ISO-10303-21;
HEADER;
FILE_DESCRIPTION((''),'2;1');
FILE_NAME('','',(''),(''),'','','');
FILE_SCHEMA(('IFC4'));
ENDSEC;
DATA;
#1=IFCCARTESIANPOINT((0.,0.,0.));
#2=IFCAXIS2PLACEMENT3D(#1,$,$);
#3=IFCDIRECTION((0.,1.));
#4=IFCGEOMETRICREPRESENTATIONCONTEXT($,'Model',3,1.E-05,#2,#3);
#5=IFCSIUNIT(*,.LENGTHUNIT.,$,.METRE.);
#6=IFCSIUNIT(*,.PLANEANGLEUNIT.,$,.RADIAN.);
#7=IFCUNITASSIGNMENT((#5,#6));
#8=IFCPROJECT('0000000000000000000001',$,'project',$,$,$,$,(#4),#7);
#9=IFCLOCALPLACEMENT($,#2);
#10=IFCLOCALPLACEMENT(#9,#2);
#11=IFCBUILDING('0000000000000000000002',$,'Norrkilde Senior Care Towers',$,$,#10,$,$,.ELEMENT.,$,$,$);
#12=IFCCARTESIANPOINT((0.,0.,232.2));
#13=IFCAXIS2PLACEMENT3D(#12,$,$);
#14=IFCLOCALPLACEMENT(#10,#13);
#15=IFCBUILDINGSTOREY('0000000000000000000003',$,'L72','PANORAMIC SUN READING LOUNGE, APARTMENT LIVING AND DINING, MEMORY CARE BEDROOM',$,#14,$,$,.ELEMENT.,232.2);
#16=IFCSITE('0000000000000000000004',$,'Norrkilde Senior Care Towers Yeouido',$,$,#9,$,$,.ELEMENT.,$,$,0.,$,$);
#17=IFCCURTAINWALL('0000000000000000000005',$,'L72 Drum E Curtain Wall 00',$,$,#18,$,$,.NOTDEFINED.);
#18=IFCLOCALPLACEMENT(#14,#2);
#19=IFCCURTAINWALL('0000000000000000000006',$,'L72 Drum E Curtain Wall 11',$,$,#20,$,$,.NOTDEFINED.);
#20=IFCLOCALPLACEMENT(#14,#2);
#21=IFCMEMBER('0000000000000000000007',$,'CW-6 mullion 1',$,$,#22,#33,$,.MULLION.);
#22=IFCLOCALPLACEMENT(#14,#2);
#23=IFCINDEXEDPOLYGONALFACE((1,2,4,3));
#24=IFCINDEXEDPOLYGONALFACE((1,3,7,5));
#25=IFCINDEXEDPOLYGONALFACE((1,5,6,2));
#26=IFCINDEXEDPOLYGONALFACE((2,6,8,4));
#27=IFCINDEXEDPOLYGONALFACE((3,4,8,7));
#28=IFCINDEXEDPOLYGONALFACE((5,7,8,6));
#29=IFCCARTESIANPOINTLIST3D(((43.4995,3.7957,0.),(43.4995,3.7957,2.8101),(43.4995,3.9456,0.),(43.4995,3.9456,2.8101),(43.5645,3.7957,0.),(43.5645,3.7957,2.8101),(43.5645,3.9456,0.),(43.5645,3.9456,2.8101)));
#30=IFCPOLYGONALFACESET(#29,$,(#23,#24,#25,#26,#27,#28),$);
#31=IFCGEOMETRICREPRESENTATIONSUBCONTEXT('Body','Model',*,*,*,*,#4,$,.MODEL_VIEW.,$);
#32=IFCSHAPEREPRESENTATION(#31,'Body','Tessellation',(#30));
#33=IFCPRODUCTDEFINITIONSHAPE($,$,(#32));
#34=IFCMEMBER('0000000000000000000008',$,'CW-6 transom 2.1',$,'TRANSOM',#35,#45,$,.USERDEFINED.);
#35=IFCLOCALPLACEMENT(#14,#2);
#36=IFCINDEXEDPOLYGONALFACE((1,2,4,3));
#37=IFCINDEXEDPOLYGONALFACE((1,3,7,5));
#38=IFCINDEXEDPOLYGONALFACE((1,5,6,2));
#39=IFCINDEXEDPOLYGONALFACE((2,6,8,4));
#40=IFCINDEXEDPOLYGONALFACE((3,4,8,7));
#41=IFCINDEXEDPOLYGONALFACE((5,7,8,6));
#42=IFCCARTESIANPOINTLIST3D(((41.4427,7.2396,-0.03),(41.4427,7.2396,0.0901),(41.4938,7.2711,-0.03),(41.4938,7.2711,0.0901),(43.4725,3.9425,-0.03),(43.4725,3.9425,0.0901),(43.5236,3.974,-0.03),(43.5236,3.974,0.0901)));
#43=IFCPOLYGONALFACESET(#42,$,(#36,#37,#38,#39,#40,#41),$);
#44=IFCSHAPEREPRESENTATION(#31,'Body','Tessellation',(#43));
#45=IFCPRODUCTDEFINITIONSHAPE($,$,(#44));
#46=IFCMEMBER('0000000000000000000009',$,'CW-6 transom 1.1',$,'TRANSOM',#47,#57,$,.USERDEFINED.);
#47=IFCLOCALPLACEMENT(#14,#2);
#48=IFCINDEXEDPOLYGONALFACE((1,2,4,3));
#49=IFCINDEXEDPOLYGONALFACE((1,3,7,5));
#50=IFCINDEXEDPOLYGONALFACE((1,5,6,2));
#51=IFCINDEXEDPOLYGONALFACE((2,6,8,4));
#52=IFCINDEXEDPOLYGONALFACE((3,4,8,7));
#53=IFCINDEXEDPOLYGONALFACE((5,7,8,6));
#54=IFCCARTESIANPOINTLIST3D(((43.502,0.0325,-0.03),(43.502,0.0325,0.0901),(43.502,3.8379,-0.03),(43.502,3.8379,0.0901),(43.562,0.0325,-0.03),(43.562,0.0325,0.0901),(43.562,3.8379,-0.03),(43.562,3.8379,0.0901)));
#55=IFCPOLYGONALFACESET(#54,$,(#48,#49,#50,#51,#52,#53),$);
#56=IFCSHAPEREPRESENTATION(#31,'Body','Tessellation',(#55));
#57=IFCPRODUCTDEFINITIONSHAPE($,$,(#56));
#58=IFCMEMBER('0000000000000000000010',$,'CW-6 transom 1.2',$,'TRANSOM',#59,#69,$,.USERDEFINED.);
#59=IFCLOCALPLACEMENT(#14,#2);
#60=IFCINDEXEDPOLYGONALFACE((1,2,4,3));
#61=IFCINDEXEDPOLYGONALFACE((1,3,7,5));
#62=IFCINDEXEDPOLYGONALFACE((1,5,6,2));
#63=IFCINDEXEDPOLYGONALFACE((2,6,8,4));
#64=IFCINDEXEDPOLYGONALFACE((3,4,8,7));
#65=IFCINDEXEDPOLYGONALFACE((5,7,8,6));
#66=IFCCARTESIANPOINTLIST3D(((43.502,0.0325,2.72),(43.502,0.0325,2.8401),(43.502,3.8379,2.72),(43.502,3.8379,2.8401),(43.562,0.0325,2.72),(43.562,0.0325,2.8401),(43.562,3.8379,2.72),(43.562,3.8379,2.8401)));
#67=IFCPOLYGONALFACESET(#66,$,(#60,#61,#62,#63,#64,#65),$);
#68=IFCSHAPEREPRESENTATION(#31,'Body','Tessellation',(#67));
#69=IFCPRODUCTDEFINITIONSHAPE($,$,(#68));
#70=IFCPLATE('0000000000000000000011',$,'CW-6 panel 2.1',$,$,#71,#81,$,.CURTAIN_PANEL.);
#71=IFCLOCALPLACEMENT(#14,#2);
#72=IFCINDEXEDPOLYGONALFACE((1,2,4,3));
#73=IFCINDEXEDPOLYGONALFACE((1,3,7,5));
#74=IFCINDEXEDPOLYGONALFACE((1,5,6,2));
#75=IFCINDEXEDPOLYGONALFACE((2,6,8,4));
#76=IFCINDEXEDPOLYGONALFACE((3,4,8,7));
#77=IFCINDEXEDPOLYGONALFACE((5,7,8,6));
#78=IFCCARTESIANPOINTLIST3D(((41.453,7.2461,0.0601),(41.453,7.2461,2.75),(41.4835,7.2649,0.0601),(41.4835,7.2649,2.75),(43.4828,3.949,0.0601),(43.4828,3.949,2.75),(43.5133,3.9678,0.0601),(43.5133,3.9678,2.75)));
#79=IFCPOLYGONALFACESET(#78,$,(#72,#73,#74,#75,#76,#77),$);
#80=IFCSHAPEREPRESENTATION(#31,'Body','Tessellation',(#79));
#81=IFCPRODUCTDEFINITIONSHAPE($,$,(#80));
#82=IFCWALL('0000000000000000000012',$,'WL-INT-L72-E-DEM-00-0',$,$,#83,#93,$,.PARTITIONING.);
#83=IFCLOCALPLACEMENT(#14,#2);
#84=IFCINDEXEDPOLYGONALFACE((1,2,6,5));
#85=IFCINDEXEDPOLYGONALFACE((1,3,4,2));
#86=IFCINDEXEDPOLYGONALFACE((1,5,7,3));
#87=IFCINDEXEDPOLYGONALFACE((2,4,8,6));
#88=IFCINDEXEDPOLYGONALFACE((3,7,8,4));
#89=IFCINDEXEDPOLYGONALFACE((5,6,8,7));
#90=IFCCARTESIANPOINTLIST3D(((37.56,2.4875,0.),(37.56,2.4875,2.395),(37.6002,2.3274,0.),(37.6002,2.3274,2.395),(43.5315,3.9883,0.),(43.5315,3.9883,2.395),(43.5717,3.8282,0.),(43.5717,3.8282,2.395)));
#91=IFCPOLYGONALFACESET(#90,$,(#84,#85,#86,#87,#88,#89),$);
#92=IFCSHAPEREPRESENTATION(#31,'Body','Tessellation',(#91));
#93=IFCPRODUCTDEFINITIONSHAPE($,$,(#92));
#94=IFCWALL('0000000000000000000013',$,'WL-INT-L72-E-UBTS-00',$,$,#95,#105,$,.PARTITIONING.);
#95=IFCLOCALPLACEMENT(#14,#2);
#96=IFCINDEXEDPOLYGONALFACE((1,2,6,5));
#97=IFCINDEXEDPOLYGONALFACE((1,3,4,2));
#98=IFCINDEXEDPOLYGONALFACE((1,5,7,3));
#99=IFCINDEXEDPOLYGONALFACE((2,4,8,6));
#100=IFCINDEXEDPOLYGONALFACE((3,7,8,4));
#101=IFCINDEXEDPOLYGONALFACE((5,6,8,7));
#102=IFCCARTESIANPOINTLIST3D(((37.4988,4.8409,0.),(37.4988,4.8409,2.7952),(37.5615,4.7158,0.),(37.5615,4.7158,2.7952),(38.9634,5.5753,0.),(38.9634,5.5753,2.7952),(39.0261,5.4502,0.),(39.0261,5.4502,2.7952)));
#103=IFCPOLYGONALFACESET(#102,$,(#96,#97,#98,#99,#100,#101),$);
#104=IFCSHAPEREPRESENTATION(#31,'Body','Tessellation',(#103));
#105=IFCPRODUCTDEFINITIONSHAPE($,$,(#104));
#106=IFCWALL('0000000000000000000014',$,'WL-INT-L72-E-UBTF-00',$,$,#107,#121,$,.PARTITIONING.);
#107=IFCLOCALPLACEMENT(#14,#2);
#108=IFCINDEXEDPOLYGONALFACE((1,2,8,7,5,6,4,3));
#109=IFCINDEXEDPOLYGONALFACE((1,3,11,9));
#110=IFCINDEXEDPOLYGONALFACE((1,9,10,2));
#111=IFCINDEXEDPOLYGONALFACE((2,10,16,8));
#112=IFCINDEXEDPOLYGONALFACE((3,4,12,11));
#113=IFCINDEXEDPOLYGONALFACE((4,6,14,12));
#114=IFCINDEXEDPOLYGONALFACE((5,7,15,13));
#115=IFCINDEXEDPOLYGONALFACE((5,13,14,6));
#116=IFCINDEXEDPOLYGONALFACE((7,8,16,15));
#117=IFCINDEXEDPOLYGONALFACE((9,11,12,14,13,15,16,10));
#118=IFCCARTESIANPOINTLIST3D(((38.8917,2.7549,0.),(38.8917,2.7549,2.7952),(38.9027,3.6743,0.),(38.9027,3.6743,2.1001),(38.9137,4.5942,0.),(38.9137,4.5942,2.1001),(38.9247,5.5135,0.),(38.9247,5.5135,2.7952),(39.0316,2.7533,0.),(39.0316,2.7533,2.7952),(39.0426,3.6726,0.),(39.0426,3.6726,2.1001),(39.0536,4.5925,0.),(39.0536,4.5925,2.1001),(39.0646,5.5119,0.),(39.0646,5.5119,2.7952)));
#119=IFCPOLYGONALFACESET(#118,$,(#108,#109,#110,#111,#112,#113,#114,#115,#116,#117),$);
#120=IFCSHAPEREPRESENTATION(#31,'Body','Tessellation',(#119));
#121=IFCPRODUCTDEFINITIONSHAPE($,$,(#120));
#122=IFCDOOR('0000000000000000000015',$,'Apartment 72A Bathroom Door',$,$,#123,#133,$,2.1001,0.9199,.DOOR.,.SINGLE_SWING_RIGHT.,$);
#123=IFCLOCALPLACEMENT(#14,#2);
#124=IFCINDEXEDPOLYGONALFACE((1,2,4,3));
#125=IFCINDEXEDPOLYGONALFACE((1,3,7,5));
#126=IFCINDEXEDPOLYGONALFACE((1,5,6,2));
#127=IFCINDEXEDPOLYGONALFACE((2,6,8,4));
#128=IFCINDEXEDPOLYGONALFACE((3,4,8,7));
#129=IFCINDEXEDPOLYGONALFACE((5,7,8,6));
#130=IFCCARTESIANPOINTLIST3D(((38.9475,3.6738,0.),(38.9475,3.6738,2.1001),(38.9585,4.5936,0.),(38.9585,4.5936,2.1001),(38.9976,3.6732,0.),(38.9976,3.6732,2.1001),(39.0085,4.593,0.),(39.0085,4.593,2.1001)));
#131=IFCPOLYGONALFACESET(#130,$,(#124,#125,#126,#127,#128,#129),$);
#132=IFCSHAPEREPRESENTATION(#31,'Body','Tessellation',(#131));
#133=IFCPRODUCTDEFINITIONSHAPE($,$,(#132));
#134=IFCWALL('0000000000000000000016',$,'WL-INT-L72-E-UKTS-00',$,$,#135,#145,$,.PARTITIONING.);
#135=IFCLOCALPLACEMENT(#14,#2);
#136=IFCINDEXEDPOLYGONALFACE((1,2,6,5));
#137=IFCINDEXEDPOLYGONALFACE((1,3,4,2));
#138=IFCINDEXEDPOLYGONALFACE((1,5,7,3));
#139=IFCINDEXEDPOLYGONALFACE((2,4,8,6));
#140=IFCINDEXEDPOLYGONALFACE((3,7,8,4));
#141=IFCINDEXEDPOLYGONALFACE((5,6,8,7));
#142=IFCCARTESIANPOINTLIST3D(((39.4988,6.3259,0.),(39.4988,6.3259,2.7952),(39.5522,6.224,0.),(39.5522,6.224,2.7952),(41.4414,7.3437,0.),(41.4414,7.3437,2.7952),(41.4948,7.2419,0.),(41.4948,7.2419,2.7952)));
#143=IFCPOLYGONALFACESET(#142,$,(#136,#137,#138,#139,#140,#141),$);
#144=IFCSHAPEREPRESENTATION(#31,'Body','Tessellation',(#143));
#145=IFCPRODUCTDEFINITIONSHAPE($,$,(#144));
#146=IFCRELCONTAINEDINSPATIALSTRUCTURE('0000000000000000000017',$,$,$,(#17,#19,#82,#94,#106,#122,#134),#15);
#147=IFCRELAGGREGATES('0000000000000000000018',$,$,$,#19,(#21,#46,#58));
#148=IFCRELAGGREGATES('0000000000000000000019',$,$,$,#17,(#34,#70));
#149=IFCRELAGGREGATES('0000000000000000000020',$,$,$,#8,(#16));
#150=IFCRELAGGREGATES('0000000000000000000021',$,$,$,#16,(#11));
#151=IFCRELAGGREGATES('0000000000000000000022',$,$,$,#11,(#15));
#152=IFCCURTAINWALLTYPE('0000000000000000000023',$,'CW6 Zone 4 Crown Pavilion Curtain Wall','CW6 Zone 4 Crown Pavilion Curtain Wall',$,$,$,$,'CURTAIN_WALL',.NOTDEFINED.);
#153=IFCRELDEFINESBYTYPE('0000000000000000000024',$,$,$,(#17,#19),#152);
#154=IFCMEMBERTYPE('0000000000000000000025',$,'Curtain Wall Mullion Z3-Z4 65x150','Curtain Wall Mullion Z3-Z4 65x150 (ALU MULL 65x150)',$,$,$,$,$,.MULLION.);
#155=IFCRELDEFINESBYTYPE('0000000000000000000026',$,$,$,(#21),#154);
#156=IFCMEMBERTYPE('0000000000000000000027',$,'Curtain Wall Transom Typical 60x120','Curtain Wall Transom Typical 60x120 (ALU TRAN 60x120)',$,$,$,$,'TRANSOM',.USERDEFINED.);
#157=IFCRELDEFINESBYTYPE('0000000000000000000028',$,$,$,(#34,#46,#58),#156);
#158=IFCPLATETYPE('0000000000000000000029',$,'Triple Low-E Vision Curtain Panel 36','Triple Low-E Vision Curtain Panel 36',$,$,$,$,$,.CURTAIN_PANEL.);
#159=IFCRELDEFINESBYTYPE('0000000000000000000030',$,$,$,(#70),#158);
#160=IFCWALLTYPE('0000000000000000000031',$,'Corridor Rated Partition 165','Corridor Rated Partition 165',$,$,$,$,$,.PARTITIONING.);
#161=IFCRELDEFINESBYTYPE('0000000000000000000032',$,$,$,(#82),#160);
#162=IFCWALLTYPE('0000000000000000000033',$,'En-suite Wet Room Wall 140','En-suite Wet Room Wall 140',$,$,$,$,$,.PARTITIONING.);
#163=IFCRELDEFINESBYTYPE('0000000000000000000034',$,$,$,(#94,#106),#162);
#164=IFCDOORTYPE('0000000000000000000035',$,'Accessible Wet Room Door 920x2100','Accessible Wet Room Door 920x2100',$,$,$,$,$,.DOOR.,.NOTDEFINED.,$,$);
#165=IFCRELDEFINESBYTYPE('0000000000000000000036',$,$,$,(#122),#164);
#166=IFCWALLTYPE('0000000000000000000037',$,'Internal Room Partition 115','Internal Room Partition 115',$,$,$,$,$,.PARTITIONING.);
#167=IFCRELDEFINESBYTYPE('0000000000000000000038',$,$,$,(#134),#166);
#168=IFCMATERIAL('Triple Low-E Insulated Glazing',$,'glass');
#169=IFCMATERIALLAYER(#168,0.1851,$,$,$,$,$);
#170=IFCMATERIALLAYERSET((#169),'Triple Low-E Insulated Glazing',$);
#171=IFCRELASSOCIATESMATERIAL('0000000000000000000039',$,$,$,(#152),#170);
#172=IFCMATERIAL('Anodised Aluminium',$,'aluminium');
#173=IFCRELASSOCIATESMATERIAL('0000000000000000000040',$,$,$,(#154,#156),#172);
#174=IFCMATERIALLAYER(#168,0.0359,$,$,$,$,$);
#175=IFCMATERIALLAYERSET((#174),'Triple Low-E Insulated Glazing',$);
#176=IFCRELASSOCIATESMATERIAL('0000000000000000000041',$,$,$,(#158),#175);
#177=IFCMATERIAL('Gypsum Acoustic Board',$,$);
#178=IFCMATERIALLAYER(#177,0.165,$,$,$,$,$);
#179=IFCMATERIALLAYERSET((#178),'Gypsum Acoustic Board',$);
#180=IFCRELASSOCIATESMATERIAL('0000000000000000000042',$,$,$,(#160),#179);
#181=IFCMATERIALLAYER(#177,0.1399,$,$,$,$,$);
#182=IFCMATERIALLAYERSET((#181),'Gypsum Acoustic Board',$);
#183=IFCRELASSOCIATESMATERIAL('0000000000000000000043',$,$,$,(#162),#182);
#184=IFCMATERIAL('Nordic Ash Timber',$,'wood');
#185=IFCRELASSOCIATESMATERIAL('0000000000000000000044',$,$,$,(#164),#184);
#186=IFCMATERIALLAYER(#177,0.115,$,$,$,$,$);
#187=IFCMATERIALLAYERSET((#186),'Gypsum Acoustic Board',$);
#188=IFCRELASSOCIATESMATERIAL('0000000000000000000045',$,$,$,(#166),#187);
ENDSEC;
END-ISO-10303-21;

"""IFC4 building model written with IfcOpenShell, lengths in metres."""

from ifc_helpers import new_model, si_unit, direction, frame, frame_2d, origin, origin_2d, place, context, subcontext, project, spatial, rectangle, extrude, source, transform, mapped, material, layer, layer_set, material_profile, profile_set, type_object, type_shapes, element, fill, aggregate, save


model = new_model("IFC4")

# Units and contexts
model_context = context("Model", 3, precision=1e-05, world=origin(), true_north=direction((0.0, 1.0)))
body_context = subcontext(model_context, "Body", "Model", "MODEL_VIEW")
ifc_project = project(units=[si_unit("LENGTHUNIT", "METRE"), si_unit("PLANEANGLEUNIT", "RADIAN")], contexts=[model_context])

# Site, building, storey
site_placement = place(None, origin())
site = spatial("IfcSite", under=ifc_project, at=site_placement, Name="Norrkilde Senior Care Towers Yeouido", CompositionType="ELEMENT", RefElevation=0.0)
building_placement = place(site_placement, origin())
building = spatial("IfcBuilding", under=site, at=building_placement, Name="Norrkilde Senior Care Towers", CompositionType="ELEMENT")
storey_placement = place(building_placement, frame((0.0, 0.0, 232.2)))
storey = spatial("IfcBuildingStorey", under=building, at=storey_placement, Name="L72", Description="PANORAMIC SUN READING LOUNGE, APARTMENT LIVING AND DINING, MEMORY CARE BEDROOM", CompositionType="ELEMENT", Elevation=232.2)

# Curtain walls, member
ifc_material_1 = material(Name="Triple Low-E Insulated Glazing", Category="glass")
ifc_layer_1 = layer(ifc_material_1, 0.1851)
ifc_layer_set_1 = layer_set([ifc_layer_1], Name="Triple Low-E Insulated Glazing")
curtain_wall_type = type_object("IfcCurtainWallType", Name="CW6 Zone 4 Crown Pavilion Curtain Wall", Description="CW6 Zone 4 Crown Pavilion Curtain Wall", ElementType="CURTAIN_WALL", PredefinedType="NOTDEFINED", material=ifc_layer_set_1)
curtain_wall_1_placement = place(storey_placement, origin())
curtain_wall_1 = element("IfcCurtainWall", 1, at=curtain_wall_1_placement, inside=storey, type_object=curtain_wall_type, Name="L72 Drum E Curtain Wall 00", PredefinedType="NOTDEFINED")
ifc_material_2 = material(Name="Anodised Aluminium", Category="aluminium")
ifc_material_profile_1 = material_profile(ifc_material_2, rectangle(XDim=0.0649, YDim=0.1499, at=origin_2d()), Name="ALU MULL 65x150")
ifc_profile_set_1 = profile_set([ifc_material_profile_1], Name="Anodised Aluminium")
member_type_1 = type_object("IfcMemberType", Name="Curtain Wall Mullion Z3-Z4 65x150", Description="Curtain Wall Mullion Z3-Z4 65x150 (ALU MULL 65x150)", PredefinedType="MULLION", material=ifc_profile_set_1)
shared_shape_1 = source(origin(), body_context, "Body", "SweptSolid", [
    extrude(rectangle(XDim=0.0649, YDim=0.1499, at=origin_2d()), origin(), (0.0, 0.0, 1.0), 2.8101),
])
type_shapes(member_type_1, [shared_shape_1])
curtain_wall_2_placement = place(storey_placement, origin())
curtain_wall_2 = element("IfcCurtainWall", 2, at=curtain_wall_2_placement, inside=storey, type_object=curtain_wall_type, Name="L72 Drum E Curtain Wall 11", PredefinedType="NOTDEFINED")
member_1_placement = place(storey_placement, frame((43.532, 3.8706, 0.0), z_axis=(0.0, 0.0, 1.0), x_axis=(1.0, 0.0, 0.0)))
member_1 = element("IfcMember", 3, at=member_1_placement, type_object=member_type_1, Name="CW-6 mullion 1", PredefinedType="MULLION", context=body_context, shape_type="MappedRepresentation", body=[
    mapped(shared_shape_1, transform((0.0, 0.0, 0.0), x_axis=(1.0, 0.0, 0.0), y_axis=(0.0, 1.0, 0.0), z_axis=(0.0, 0.0, 1.0), scale=1.0)),
])

# Members
ifc_material_profile_2 = material_profile(ifc_material_2, rectangle(XDim=0.0601, YDim=0.1201, at=origin_2d()), Name="ALU TRAN 60x120")
ifc_profile_set_2 = profile_set([ifc_material_profile_2], Name="Anodised Aluminium")
member_type_2 = type_object("IfcMemberType", Name="Curtain Wall Transom Typical 60x120", Description="Curtain Wall Transom Typical 60x120 (ALU TRAN 60x120)", ElementType="TRANSOM", PredefinedType="USERDEFINED", material=ifc_profile_set_2)
shared_shape_2 = source(origin(), body_context, "Body", "SweptSolid", [
    extrude(rectangle(XDim=0.0601, YDim=0.1201, at=origin_2d()), origin(), (0.0, 0.0, 1.0), 3.8718),
])
member_2_placement = place(storey_placement, frame((41.4683, 7.2554, 0.03), z_axis=(0.524245, -0.851567, 0.0), x_axis=(0.851567, 0.524245, 0.0)))
member_2 = element("IfcMember", 4, at=member_2_placement, type_object=member_type_2, Name="CW-6 transom 2.1", ObjectType="TRANSOM", PredefinedType="USERDEFINED", context=body_context, shape_type="MappedRepresentation", body=[
    mapped(shared_shape_2, transform((0.0, 0.0, 0.0), x_axis=(1.0, 0.0, 0.0), y_axis=(0.0, 1.0, 0.0), z_axis=(0.0, 0.0, 1.0), scale=1.0)),
])
shared_shape_3 = source(origin(), body_context, "Body", "SweptSolid", [
    extrude(rectangle(XDim=0.0601, YDim=0.1201, at=origin_2d()), origin(), (0.0, 0.0, 1.0), 3.8054),
])
type_shapes(member_type_2, [shared_shape_2, shared_shape_3])
member_3_placement = place(storey_placement, frame((43.532, 3.8379, 0.03), z_axis=(0.0, -1.0, 0.0), x_axis=(1.0, 0.0, 0.0)))
member_3 = element("IfcMember", 5, at=member_3_placement, type_object=member_type_2, Name="CW-6 transom 1.1", ObjectType="TRANSOM", PredefinedType="USERDEFINED", context=body_context, shape_type="MappedRepresentation", body=[
    mapped(shared_shape_3, transform((0.0, 0.0, 0.0), x_axis=(1.0, 0.0, 0.0), y_axis=(0.0, 1.0, 0.0), z_axis=(0.0, 0.0, 1.0), scale=1.0)),
])
member_4_placement = place(storey_placement, frame((43.532, 3.8379, 2.78), z_axis=(0.0, -1.0, 0.0), x_axis=(1.0, 0.0, 0.0)))
member_4 = element("IfcMember", 6, at=member_4_placement, type_object=member_type_2, Name="CW-6 transom 1.2", ObjectType="TRANSOM", PredefinedType="USERDEFINED", context=body_context, shape_type="MappedRepresentation", body=[
    mapped(shared_shape_3, transform((0.0, 0.0, 0.0), x_axis=(1.0, 0.0, 0.0), y_axis=(0.0, 1.0, 0.0), z_axis=(0.0, 0.0, 1.0), scale=1.0)),
])
aggregate(curtain_wall_2, [member_1, member_3, member_4])

# Plate
ifc_layer_2 = layer(ifc_material_1, 0.0359)
ifc_layer_set_2 = layer_set([ifc_layer_2], Name="Triple Low-E Insulated Glazing")
plate_type = type_object("IfcPlateType", Name="Triple Low-E Vision Curtain Panel 36", Description="Triple Low-E Vision Curtain Panel 36", PredefinedType="CURTAIN_PANEL", material=ifc_layer_set_2)
shared_shape_4 = source(origin(), body_context, "Body", "SweptSolid", [
    extrude(rectangle(XDim=3.8718, YDim=0.0359, at=origin_2d()), origin(), (0.0, 0.0, 1.0), 2.6899),
])
type_shapes(plate_type, [shared_shape_4])
plate_placement = place(storey_placement, frame((42.4832, 5.6069, 0.0601), z_axis=(0.0, 0.0, 1.0), x_axis=(0.524253, -0.851563, 0.0)))
plate = element("IfcPlate", 7, at=plate_placement, type_object=plate_type, Name="CW-6 panel 2.1", PredefinedType="CURTAIN_PANEL", context=body_context, shape_type="MappedRepresentation", body=[
    mapped(shared_shape_4, transform((0.0, 0.0, 0.0), x_axis=(1.0, 0.0, 0.0), y_axis=(0.0, 1.0, 0.0), z_axis=(0.0, 0.0, 1.0), scale=1.0)),
])
aggregate(curtain_wall_1, [member_2, plate])

# Walls
ifc_material_3 = material(Name="Gypsum Acoustic Board")
ifc_layer_3 = layer(ifc_material_3, 0.165)
ifc_layer_set_3 = layer_set([ifc_layer_3], Name="Gypsum Acoustic Board")
wall_type_1 = type_object("IfcWallType", Name="Corridor Rated Partition 165", Description="Corridor Rated Partition 165", PredefinedType="PARTITIONING", material=ifc_layer_set_3)
shared_shape_5 = source(origin(), body_context, "Body", "SweptSolid", [
    extrude(rectangle(XDim=6.1572, YDim=0.165, at=frame_2d((3.0786, 0.0))), origin(), (0.0, 0.0, 1.0), 2.395),
])
type_shapes(wall_type_1, [shared_shape_5])
wall_1_placement = place(storey_placement, frame((37.5801, 2.4075, 0.0), z_axis=(0.0, 0.0, 1.0), x_axis=(0.969841, 0.243739, 0.0)))
element("IfcWall", 8, at=wall_1_placement, inside=storey, type_object=wall_type_1, Name="WL-INT-L72-E-DEM-00-0", PredefinedType="PARTITIONING", context=body_context, shape_type="MappedRepresentation", body=[
    mapped(shared_shape_5, transform((0.0, 0.0, 0.0), x_axis=(1.0, 0.0, 0.0), y_axis=(0.0, 1.0, 0.0), z_axis=(0.0, 0.0, 1.0), scale=1.0)),
])
ifc_layer_4 = layer(ifc_material_3, 0.1399)
ifc_layer_set_4 = layer_set([ifc_layer_4], Name="Gypsum Acoustic Board")
wall_type_2 = type_object("IfcWallType", Name="En-suite Wet Room Wall 140", Description="En-suite Wet Room Wall 140", PredefinedType="PARTITIONING", material=ifc_layer_set_4)
shared_shape_6 = source(origin(), body_context, "Body", "SweptSolid", [
    extrude(rectangle(XDim=1.6384, YDim=0.1399, at=frame_2d((0.8193, 0.0))), origin(), (0.0, 0.0, 1.0), 2.7952),
])
wall_2_placement = place(storey_placement, frame((37.53, 4.7783, 0.0), z_axis=(0.0, 0.0, 1.0), x_axis=(0.89392, 0.448227, 0.0)))
element("IfcWall", 9, at=wall_2_placement, inside=storey, type_object=wall_type_2, Name="WL-INT-L72-E-UBTS-00", PredefinedType="PARTITIONING", context=body_context, shape_type="MappedRepresentation", body=[
    mapped(shared_shape_6, transform((0.0, 0.0, 0.0), x_axis=(1.0, 0.0, 0.0), y_axis=(0.0, 1.0, 0.0), z_axis=(0.0, 0.0, 1.0), scale=1.0)),
])

# Wall, opening, door
shared_shape_7 = source(origin(), body_context, "Body", "SweptSolid", [
    extrude(rectangle(XDim=2.7588, YDim=0.1399, at=frame_2d((1.3794, 0.0))), origin(), (0.0, 0.0, 1.0), 2.7952),
])
type_shapes(wall_type_2, [shared_shape_6, shared_shape_7])
wall_3_placement = place(storey_placement, frame((38.9946, 5.5127, 0.0), z_axis=(0.0, 0.0, 1.0), x_axis=(-0.011947, -0.999929, 0.0)))
wall_3 = element("IfcWall", 10, at=wall_3_placement, inside=storey, type_object=wall_type_2, Name="WL-INT-L72-E-UBTF-00", PredefinedType="PARTITIONING", context=body_context, shape_type="MappedRepresentation", body=[
    mapped(shared_shape_7, transform((0.0, 0.0, 0.0), x_axis=(1.0, 0.0, 0.0), y_axis=(0.0, 1.0, 0.0), z_axis=(0.0, 0.0, 1.0), scale=1.0)),
])
opening_1_placement = place(wall_3_placement, frame((0.9194, 0.0, 0.0)))
opening_1 = element("IfcOpeningElement", 11, at=opening_1_placement, cuts=wall_3, PredefinedType="OPENING", context=body_context, shape_type="SweptSolid", body=[
    extrude(rectangle(XDim=0.9199, YDim=2.1001, at=frame_2d((0.46, 1.05))), frame((0.0, 0.0798, 0.0), z_axis=(0.0, -1.0, 0.0), x_axis=(1.0, 0.0, 0.0)), (0.0, 0.0, 1.0), 0.1599),
])
ifc_material_4 = material(Name="Nordic Ash Timber", Category="wood")
door_type_1 = type_object("IfcDoorType", Name="Accessible Wet Room Door 920x2100", Description="Accessible Wet Room Door 920x2100", OperationType="NOTDEFINED", PredefinedType="DOOR", material=ifc_material_4)
shared_shape_8 = source(origin(), body_context, "Body", "SweptSolid", [
    extrude(rectangle(XDim=0.9199, YDim=2.1001, at=frame_2d((0.46, 1.05))), frame((0.0, 0.0249, 0.0), z_axis=(0.0, -1.0, 0.0), x_axis=(1.0, 0.0, 0.0)), (0.0, 0.0, 1.0), 0.05),
])
type_shapes(door_type_1, [shared_shape_8])
door_1_placement = place(opening_1_placement, origin())
door_1 = element("IfcDoor", 12, at=door_1_placement, inside=storey, type_object=door_type_1, Name="Apartment 72A Bathroom Door", OperationType="SINGLE_SWING_RIGHT", OverallHeight=2.1001, OverallWidth=0.9199, PredefinedType="DOOR", context=body_context, shape_type="MappedRepresentation", body=[
    mapped(shared_shape_8, transform((0.0, 0.0, 0.0), x_axis=(1.0, 0.0, 0.0), y_axis=(0.0, 1.0, 0.0), z_axis=(0.0, 0.0, 1.0), scale=1.0)),
])
fill(opening_1, door_1)

# Wall
ifc_layer_5 = layer(ifc_material_3, 0.115)
ifc_layer_set_5 = layer_set([ifc_layer_5], Name="Gypsum Acoustic Board")
wall_type_3 = type_object("IfcWallType", Name="Internal Room Partition 115", Description="Internal Room Partition 115", PredefinedType="PARTITIONING", material=ifc_layer_set_5)
shared_shape_9 = source(origin(), body_context, "Body", "SweptSolid", [
    extrude(rectangle(XDim=2.1931, YDim=0.115, at=frame_2d((1.0967, 0.0))), origin(), (0.0, 0.0, 1.0), 2.7952),
])
wall_4_placement = place(storey_placement, frame((39.5254, 6.2749, 0.0), z_axis=(0.0, 0.0, 1.0), x_axis=(0.885784, 0.464099, 0.0)))
element("IfcWall", 13, at=wall_4_placement, inside=storey, type_object=wall_type_3, Name="WL-INT-L72-E-UKTS-00", PredefinedType="PARTITIONING", context=body_context, shape_type="MappedRepresentation", body=[
    mapped(shared_shape_9, transform((0.0, 0.0, 0.0), x_axis=(1.0, 0.0, 0.0), y_axis=(0.0, 1.0, 0.0), z_axis=(0.0, 0.0, 1.0), scale=1.0)),
])

save(model, "model.ifc")
